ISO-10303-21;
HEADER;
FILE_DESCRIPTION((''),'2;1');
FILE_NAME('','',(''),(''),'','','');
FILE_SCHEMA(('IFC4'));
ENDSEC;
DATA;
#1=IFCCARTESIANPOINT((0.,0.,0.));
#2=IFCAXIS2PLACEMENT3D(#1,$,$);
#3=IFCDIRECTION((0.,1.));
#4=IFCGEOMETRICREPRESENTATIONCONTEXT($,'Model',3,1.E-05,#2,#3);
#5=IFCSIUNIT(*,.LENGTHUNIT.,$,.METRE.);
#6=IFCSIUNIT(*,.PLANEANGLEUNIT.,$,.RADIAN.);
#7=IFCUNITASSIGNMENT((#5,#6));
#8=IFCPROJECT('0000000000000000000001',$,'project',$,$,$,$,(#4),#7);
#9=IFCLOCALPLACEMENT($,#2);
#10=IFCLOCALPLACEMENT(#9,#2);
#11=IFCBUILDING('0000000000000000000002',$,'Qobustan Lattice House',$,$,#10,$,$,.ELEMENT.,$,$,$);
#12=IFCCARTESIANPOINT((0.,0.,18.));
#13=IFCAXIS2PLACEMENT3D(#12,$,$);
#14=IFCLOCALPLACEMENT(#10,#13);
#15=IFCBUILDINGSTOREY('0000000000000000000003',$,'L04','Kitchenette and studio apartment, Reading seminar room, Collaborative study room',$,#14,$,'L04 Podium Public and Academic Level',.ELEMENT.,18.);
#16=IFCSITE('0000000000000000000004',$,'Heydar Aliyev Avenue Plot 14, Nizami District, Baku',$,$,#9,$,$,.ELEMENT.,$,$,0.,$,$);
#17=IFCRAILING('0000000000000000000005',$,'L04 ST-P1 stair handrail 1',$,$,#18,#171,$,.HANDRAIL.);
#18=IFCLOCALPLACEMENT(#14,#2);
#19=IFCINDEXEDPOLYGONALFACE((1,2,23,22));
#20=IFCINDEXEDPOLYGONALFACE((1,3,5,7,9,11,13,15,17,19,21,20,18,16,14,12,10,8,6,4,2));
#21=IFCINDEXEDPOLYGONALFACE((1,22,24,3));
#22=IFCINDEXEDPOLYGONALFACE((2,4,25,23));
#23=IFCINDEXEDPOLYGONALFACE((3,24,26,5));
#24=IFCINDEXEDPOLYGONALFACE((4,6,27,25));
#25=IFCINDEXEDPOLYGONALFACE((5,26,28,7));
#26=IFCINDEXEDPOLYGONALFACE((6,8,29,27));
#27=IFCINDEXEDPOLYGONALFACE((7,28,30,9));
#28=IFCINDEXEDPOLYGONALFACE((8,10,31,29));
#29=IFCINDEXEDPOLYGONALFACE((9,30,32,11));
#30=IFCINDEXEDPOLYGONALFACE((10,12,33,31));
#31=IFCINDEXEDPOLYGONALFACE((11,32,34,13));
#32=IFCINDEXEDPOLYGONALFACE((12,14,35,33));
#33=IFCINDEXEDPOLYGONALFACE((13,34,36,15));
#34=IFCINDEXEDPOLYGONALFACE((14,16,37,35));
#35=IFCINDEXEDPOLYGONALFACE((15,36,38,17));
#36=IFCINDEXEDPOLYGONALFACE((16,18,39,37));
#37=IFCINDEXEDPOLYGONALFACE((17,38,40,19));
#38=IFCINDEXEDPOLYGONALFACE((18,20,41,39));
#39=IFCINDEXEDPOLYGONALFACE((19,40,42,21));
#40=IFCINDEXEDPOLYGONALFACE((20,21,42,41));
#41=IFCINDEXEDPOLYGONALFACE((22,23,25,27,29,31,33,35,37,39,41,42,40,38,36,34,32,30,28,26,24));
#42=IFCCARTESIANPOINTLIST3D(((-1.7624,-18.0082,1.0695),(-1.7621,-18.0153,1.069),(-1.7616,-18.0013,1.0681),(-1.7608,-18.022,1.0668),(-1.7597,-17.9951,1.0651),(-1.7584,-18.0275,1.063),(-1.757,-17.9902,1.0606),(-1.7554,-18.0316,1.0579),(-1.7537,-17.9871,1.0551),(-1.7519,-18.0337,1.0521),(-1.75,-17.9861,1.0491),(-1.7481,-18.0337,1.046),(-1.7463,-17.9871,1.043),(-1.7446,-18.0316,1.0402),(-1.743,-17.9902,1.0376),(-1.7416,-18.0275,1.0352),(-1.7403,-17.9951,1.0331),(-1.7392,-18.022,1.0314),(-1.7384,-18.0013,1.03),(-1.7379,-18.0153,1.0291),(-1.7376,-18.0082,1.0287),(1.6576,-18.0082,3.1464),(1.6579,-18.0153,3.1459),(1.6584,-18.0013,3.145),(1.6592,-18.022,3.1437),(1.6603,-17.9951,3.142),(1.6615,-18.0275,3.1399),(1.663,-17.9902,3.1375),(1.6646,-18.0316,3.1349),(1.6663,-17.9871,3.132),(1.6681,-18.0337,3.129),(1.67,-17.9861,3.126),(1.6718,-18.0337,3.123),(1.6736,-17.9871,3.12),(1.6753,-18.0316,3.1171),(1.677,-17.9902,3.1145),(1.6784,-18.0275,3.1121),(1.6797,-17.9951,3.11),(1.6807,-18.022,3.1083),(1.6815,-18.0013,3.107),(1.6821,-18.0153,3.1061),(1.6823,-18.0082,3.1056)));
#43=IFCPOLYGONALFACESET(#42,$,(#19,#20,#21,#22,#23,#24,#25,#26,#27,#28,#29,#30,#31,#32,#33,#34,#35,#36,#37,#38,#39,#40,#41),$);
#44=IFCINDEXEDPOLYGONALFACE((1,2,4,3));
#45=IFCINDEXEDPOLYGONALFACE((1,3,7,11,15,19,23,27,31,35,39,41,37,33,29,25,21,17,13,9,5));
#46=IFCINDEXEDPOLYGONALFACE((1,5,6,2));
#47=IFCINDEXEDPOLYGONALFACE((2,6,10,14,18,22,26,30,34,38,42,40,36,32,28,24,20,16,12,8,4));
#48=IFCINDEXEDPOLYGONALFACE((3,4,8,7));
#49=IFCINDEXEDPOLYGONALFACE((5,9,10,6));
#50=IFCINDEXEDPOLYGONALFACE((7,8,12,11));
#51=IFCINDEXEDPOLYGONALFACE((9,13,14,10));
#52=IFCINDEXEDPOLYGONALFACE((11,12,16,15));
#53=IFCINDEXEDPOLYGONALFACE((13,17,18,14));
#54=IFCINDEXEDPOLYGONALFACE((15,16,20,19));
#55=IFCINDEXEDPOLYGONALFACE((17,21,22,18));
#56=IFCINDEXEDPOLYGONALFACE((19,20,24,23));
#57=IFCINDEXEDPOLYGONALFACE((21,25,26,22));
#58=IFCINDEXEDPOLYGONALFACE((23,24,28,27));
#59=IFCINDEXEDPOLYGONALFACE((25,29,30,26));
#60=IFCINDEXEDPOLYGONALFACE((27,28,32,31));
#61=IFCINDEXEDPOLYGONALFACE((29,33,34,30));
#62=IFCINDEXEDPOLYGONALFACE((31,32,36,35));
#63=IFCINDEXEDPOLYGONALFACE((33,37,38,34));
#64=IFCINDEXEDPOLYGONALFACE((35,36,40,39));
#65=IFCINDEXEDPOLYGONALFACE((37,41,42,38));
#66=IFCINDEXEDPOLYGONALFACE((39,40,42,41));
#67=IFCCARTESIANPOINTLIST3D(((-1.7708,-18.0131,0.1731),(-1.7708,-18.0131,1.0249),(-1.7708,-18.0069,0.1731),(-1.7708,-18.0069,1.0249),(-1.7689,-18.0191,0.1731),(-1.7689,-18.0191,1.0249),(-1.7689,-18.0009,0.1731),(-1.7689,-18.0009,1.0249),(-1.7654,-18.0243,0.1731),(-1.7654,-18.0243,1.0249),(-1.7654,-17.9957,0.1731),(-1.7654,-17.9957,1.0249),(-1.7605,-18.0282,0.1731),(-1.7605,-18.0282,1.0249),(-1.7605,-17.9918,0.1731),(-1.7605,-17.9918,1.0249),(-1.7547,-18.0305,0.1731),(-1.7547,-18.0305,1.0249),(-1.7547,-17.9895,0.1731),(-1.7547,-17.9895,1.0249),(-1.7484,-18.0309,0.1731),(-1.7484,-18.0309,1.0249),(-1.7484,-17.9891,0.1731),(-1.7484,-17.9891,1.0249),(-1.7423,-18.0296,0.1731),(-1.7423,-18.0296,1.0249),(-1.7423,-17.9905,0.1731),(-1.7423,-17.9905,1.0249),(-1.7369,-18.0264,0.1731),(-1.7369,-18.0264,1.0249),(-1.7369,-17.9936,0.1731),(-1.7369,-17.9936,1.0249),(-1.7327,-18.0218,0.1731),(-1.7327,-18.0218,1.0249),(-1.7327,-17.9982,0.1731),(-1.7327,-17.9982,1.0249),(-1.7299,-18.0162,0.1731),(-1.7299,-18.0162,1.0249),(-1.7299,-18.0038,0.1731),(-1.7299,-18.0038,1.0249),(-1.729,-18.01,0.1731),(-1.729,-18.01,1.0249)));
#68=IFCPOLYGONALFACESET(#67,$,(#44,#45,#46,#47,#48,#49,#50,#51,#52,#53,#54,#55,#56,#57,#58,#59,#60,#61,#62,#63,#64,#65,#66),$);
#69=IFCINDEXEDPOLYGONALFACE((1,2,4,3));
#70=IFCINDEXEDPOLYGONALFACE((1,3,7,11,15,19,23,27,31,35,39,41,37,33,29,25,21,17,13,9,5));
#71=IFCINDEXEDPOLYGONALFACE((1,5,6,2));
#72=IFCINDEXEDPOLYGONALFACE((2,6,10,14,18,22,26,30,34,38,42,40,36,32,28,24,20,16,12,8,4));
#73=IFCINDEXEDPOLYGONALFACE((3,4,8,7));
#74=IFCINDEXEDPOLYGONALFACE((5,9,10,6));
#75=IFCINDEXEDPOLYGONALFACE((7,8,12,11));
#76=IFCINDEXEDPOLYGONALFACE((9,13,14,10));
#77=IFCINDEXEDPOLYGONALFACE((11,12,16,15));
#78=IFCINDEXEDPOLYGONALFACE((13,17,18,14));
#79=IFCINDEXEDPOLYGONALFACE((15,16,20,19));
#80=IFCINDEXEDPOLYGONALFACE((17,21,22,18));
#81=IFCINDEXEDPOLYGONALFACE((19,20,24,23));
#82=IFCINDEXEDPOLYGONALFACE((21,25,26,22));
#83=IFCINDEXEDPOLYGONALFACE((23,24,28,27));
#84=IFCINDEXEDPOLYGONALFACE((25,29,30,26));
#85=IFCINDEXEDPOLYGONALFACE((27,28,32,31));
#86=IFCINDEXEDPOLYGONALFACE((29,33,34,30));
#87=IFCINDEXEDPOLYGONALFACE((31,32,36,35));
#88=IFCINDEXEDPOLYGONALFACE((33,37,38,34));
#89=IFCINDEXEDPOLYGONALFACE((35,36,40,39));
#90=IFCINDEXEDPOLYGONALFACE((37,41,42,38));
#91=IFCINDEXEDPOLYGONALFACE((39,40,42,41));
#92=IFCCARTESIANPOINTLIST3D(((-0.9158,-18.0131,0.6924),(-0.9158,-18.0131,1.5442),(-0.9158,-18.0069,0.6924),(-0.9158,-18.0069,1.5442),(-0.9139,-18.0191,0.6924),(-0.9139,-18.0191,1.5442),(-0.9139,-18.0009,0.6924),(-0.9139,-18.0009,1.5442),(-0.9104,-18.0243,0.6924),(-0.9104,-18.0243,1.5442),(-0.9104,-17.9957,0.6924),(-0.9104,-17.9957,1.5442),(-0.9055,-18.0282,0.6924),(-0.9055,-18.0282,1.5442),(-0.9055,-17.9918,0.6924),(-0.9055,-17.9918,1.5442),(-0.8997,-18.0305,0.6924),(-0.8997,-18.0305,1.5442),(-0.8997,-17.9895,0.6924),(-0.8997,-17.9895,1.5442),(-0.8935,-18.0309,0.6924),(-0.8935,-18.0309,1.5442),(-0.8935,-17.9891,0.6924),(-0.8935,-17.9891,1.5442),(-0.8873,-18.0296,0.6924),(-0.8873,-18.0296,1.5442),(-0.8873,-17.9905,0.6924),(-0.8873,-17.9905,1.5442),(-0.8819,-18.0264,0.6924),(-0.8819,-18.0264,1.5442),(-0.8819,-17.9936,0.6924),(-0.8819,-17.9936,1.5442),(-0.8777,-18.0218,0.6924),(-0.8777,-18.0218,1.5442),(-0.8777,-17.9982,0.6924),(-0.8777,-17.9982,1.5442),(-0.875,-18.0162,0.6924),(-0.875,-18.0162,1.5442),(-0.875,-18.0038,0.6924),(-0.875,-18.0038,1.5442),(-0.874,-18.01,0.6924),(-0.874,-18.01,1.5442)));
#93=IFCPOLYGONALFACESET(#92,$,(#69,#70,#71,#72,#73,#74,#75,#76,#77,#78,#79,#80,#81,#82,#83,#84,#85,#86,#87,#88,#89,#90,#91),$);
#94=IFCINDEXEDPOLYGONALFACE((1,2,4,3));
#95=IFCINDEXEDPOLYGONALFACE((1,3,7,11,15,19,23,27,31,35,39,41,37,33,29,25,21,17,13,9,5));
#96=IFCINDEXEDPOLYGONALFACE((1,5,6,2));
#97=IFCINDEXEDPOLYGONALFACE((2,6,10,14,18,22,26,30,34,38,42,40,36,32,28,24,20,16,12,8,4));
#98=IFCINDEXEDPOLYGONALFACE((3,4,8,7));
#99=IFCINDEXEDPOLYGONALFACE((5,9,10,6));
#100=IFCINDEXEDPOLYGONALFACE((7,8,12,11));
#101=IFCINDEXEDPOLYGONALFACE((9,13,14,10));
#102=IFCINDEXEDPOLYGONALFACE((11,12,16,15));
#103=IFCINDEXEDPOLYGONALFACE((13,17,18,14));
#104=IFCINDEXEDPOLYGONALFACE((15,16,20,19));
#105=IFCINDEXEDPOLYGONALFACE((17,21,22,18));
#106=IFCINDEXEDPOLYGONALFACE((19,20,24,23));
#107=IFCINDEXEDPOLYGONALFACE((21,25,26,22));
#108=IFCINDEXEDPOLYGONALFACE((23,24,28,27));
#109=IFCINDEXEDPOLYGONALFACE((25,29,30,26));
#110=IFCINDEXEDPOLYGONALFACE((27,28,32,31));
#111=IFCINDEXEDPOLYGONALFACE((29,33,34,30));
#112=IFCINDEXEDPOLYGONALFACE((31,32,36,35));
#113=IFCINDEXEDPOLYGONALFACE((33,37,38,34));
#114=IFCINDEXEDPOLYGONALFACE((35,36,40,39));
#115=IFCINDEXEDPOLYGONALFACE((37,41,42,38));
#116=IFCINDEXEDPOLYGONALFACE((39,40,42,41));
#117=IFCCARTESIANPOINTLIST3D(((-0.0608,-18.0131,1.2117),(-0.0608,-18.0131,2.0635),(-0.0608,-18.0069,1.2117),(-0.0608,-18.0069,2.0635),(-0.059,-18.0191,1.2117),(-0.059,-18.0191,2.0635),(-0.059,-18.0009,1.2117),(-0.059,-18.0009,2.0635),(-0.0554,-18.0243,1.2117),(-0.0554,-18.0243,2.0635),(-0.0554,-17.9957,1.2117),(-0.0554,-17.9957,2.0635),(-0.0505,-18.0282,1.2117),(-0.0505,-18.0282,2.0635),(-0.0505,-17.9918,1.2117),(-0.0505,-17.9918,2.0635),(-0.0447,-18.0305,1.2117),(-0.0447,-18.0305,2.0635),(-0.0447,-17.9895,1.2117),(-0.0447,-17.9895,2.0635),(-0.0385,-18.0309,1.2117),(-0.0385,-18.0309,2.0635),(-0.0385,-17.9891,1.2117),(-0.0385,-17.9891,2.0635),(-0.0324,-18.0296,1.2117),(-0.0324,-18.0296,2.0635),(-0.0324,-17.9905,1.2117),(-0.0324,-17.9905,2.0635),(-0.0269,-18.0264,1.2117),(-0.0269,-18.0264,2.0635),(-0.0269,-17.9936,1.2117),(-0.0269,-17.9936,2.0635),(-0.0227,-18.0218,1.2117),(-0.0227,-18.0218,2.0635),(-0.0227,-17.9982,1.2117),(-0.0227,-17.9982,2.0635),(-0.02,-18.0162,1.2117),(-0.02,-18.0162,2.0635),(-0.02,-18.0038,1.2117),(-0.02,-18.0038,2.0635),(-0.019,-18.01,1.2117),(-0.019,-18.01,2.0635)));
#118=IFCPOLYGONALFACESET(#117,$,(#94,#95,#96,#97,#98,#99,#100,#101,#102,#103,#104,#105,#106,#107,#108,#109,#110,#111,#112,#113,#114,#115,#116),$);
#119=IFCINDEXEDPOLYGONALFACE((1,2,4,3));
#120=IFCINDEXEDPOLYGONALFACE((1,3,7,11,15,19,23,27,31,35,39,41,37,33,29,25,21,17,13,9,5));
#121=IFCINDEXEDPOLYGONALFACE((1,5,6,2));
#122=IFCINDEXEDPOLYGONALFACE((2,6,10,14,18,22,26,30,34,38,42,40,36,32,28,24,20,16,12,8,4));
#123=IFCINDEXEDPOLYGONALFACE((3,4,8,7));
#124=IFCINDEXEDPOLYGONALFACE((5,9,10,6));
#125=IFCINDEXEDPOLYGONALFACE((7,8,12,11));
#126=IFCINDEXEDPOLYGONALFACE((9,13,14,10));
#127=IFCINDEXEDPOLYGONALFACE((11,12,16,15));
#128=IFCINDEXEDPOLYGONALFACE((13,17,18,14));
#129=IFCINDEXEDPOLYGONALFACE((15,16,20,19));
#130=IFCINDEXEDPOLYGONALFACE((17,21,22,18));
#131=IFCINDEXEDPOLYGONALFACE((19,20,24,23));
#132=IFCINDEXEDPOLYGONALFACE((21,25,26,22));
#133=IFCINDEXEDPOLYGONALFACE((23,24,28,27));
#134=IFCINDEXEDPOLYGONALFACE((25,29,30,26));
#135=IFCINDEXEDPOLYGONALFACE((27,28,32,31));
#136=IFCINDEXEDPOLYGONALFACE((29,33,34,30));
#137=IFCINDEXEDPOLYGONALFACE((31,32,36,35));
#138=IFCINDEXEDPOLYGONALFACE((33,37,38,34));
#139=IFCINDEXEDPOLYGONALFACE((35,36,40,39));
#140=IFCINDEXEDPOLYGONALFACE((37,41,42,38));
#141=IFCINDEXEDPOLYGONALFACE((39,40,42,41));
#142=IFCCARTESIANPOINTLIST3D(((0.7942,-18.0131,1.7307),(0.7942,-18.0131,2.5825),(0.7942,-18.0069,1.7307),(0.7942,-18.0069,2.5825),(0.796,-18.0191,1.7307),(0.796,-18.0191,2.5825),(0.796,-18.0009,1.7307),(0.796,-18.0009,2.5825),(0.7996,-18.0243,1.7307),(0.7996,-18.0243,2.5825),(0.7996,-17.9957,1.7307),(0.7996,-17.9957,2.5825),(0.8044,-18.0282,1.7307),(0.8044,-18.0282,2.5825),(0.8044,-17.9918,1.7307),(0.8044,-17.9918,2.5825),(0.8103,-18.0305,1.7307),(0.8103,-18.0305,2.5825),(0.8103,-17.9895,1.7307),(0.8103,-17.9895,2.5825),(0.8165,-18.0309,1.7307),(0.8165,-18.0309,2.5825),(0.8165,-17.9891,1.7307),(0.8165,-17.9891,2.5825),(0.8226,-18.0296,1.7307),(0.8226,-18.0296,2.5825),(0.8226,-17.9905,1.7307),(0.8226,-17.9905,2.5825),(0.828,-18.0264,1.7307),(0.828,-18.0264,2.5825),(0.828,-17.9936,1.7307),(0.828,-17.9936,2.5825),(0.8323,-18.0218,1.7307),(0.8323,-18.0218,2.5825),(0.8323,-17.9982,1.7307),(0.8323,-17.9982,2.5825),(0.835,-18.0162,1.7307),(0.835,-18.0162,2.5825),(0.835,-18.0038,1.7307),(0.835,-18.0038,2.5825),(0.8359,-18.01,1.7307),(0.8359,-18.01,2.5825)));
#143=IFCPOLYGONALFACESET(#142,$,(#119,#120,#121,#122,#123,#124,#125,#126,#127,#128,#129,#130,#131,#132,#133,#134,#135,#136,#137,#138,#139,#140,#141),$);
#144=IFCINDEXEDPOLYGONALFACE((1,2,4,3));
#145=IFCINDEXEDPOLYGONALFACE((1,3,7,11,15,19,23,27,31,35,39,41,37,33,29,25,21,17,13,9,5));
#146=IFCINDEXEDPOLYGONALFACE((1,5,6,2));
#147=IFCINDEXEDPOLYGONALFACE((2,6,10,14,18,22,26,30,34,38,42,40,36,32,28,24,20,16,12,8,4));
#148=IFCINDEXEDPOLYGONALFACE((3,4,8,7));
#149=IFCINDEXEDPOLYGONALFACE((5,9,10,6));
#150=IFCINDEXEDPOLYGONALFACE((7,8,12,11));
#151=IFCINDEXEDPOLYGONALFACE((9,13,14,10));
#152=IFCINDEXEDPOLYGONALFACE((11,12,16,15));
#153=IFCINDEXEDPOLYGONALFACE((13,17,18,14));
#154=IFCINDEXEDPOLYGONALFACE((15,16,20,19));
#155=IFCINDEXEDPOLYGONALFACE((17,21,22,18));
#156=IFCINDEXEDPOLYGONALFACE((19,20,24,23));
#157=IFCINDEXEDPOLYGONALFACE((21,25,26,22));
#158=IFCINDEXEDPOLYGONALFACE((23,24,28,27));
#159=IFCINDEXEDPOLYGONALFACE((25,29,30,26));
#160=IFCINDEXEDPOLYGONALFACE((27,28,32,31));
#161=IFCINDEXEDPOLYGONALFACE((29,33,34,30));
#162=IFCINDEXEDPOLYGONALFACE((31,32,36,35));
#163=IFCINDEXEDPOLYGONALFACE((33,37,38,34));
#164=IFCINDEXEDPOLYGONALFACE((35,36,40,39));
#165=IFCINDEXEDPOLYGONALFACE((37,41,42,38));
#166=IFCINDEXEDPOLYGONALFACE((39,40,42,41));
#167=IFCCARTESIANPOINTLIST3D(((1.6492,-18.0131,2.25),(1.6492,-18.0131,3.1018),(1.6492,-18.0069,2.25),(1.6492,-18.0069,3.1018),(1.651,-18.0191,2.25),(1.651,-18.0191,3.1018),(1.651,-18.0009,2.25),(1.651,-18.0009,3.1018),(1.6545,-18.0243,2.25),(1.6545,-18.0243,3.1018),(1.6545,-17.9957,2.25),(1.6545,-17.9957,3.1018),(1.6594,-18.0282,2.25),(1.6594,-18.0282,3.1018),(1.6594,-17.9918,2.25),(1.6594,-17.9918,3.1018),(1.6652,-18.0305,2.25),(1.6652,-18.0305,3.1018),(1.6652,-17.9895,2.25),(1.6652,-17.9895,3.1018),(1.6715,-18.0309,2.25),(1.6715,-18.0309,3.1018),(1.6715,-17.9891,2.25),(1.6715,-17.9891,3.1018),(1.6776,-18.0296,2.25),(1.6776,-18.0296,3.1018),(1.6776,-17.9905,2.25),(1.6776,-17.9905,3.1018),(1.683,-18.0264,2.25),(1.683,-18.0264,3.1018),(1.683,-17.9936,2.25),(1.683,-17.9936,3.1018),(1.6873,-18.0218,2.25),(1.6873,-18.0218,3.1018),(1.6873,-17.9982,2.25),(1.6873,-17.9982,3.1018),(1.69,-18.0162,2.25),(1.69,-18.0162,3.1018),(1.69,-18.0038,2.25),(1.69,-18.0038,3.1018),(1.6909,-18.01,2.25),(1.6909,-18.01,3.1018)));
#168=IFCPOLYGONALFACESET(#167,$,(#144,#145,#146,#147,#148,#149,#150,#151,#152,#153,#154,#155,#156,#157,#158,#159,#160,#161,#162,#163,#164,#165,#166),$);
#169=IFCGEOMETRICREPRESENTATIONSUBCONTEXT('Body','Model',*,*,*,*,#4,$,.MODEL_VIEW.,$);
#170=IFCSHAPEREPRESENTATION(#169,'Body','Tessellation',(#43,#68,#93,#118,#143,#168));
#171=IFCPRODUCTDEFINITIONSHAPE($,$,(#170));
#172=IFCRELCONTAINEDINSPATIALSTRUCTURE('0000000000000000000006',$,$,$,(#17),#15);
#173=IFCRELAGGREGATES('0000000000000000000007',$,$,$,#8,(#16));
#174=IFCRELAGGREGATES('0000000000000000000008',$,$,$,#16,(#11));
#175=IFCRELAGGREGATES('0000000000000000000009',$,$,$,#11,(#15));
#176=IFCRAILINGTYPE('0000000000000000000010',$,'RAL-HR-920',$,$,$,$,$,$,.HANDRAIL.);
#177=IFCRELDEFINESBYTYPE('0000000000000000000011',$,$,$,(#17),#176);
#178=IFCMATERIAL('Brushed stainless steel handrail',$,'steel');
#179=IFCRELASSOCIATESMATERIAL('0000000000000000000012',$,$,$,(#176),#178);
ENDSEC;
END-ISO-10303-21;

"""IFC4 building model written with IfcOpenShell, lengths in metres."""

from ifc_helpers import new_model, si_unit, direction, frame, origin, origin_2d, place, context, subcontext, project, spatial, circle, extrude, material, type_object, element, save


model = new_model("IFC4")

# Units and contexts
model_context = context("Model", 3, precision=1e-05, world=origin(), true_north=direction((0.0, 1.0)))
body_context = subcontext(model_context, "Body", "Model", "MODEL_VIEW")
ifc_project = project(units=[si_unit("LENGTHUNIT", "METRE"), si_unit("PLANEANGLEUNIT", "RADIAN")], contexts=[model_context])

# Site, building, storey
site_placement = place(None, origin())
site = spatial("IfcSite", under=ifc_project, at=site_placement, Name="Heydar Aliyev Avenue Plot 14, Nizami District, Baku", CompositionType="ELEMENT", RefElevation=0.0)
building_placement = place(site_placement, origin())
building = spatial("IfcBuilding", under=site, at=building_placement, Name="Qobustan Lattice House", CompositionType="ELEMENT")
storey_placement = place(building_placement, frame((0.0, 0.0, 18.0)))
storey = spatial("IfcBuildingStorey", under=building, at=storey_placement, Name="L04", Description="Kitchenette and studio apartment, Reading seminar room, Collaborative study room", LongName="L04 Podium Public and Academic Level", CompositionType="ELEMENT", Elevation=18.0)

# Railing
ifc_material_1 = material(Name="Brushed stainless steel handrail", Category="steel")
railing_type_1 = type_object("IfcRailingType", Name="RAL-HR-920", PredefinedType="HANDRAIL", material=ifc_material_1)
railing_1_placement = place(storey_placement, frame((-1.75, -18.01, 0.1731)))
element("IfcRailing", 1, at=railing_1_placement, inside=storey, type_object=railing_type_1, Name="L04 ST-P1 stair handrail 1", PredefinedType="HANDRAIL", context=body_context, shape_type="SweptSolid", body=[
    extrude(circle(Radius=0.0239, at=origin_2d()), frame((0.0, 0.0, 0.876), z_axis=(0.85473, 0.0, 0.519074), x_axis=(0.0, 1.0, 0.0)), (0.0, 0.0, 1.0), 4.0012),
    extrude(circle(Radius=0.021, at=origin_2d()), origin(), (0.0, 0.0, 1.0), 0.8518),
    extrude(circle(Radius=0.021, at=origin_2d()), frame((0.855, 0.0, 0.5193)), (0.0, 0.0, 1.0), 0.8518),
    extrude(circle(Radius=0.021, at=origin_2d()), frame((1.71, 0.0, 1.0386)), (0.0, 0.0, 1.0), 0.8518),
    extrude(circle(Radius=0.021, at=origin_2d()), frame((2.5649, 0.0, 1.5576)), (0.0, 0.0, 1.0), 0.8518),
    extrude(circle(Radius=0.021, at=origin_2d()), frame((3.4199, 0.0, 2.0769)), (0.0, 0.0, 1.0), 0.8518),
])

save(model, "model.ifc")
